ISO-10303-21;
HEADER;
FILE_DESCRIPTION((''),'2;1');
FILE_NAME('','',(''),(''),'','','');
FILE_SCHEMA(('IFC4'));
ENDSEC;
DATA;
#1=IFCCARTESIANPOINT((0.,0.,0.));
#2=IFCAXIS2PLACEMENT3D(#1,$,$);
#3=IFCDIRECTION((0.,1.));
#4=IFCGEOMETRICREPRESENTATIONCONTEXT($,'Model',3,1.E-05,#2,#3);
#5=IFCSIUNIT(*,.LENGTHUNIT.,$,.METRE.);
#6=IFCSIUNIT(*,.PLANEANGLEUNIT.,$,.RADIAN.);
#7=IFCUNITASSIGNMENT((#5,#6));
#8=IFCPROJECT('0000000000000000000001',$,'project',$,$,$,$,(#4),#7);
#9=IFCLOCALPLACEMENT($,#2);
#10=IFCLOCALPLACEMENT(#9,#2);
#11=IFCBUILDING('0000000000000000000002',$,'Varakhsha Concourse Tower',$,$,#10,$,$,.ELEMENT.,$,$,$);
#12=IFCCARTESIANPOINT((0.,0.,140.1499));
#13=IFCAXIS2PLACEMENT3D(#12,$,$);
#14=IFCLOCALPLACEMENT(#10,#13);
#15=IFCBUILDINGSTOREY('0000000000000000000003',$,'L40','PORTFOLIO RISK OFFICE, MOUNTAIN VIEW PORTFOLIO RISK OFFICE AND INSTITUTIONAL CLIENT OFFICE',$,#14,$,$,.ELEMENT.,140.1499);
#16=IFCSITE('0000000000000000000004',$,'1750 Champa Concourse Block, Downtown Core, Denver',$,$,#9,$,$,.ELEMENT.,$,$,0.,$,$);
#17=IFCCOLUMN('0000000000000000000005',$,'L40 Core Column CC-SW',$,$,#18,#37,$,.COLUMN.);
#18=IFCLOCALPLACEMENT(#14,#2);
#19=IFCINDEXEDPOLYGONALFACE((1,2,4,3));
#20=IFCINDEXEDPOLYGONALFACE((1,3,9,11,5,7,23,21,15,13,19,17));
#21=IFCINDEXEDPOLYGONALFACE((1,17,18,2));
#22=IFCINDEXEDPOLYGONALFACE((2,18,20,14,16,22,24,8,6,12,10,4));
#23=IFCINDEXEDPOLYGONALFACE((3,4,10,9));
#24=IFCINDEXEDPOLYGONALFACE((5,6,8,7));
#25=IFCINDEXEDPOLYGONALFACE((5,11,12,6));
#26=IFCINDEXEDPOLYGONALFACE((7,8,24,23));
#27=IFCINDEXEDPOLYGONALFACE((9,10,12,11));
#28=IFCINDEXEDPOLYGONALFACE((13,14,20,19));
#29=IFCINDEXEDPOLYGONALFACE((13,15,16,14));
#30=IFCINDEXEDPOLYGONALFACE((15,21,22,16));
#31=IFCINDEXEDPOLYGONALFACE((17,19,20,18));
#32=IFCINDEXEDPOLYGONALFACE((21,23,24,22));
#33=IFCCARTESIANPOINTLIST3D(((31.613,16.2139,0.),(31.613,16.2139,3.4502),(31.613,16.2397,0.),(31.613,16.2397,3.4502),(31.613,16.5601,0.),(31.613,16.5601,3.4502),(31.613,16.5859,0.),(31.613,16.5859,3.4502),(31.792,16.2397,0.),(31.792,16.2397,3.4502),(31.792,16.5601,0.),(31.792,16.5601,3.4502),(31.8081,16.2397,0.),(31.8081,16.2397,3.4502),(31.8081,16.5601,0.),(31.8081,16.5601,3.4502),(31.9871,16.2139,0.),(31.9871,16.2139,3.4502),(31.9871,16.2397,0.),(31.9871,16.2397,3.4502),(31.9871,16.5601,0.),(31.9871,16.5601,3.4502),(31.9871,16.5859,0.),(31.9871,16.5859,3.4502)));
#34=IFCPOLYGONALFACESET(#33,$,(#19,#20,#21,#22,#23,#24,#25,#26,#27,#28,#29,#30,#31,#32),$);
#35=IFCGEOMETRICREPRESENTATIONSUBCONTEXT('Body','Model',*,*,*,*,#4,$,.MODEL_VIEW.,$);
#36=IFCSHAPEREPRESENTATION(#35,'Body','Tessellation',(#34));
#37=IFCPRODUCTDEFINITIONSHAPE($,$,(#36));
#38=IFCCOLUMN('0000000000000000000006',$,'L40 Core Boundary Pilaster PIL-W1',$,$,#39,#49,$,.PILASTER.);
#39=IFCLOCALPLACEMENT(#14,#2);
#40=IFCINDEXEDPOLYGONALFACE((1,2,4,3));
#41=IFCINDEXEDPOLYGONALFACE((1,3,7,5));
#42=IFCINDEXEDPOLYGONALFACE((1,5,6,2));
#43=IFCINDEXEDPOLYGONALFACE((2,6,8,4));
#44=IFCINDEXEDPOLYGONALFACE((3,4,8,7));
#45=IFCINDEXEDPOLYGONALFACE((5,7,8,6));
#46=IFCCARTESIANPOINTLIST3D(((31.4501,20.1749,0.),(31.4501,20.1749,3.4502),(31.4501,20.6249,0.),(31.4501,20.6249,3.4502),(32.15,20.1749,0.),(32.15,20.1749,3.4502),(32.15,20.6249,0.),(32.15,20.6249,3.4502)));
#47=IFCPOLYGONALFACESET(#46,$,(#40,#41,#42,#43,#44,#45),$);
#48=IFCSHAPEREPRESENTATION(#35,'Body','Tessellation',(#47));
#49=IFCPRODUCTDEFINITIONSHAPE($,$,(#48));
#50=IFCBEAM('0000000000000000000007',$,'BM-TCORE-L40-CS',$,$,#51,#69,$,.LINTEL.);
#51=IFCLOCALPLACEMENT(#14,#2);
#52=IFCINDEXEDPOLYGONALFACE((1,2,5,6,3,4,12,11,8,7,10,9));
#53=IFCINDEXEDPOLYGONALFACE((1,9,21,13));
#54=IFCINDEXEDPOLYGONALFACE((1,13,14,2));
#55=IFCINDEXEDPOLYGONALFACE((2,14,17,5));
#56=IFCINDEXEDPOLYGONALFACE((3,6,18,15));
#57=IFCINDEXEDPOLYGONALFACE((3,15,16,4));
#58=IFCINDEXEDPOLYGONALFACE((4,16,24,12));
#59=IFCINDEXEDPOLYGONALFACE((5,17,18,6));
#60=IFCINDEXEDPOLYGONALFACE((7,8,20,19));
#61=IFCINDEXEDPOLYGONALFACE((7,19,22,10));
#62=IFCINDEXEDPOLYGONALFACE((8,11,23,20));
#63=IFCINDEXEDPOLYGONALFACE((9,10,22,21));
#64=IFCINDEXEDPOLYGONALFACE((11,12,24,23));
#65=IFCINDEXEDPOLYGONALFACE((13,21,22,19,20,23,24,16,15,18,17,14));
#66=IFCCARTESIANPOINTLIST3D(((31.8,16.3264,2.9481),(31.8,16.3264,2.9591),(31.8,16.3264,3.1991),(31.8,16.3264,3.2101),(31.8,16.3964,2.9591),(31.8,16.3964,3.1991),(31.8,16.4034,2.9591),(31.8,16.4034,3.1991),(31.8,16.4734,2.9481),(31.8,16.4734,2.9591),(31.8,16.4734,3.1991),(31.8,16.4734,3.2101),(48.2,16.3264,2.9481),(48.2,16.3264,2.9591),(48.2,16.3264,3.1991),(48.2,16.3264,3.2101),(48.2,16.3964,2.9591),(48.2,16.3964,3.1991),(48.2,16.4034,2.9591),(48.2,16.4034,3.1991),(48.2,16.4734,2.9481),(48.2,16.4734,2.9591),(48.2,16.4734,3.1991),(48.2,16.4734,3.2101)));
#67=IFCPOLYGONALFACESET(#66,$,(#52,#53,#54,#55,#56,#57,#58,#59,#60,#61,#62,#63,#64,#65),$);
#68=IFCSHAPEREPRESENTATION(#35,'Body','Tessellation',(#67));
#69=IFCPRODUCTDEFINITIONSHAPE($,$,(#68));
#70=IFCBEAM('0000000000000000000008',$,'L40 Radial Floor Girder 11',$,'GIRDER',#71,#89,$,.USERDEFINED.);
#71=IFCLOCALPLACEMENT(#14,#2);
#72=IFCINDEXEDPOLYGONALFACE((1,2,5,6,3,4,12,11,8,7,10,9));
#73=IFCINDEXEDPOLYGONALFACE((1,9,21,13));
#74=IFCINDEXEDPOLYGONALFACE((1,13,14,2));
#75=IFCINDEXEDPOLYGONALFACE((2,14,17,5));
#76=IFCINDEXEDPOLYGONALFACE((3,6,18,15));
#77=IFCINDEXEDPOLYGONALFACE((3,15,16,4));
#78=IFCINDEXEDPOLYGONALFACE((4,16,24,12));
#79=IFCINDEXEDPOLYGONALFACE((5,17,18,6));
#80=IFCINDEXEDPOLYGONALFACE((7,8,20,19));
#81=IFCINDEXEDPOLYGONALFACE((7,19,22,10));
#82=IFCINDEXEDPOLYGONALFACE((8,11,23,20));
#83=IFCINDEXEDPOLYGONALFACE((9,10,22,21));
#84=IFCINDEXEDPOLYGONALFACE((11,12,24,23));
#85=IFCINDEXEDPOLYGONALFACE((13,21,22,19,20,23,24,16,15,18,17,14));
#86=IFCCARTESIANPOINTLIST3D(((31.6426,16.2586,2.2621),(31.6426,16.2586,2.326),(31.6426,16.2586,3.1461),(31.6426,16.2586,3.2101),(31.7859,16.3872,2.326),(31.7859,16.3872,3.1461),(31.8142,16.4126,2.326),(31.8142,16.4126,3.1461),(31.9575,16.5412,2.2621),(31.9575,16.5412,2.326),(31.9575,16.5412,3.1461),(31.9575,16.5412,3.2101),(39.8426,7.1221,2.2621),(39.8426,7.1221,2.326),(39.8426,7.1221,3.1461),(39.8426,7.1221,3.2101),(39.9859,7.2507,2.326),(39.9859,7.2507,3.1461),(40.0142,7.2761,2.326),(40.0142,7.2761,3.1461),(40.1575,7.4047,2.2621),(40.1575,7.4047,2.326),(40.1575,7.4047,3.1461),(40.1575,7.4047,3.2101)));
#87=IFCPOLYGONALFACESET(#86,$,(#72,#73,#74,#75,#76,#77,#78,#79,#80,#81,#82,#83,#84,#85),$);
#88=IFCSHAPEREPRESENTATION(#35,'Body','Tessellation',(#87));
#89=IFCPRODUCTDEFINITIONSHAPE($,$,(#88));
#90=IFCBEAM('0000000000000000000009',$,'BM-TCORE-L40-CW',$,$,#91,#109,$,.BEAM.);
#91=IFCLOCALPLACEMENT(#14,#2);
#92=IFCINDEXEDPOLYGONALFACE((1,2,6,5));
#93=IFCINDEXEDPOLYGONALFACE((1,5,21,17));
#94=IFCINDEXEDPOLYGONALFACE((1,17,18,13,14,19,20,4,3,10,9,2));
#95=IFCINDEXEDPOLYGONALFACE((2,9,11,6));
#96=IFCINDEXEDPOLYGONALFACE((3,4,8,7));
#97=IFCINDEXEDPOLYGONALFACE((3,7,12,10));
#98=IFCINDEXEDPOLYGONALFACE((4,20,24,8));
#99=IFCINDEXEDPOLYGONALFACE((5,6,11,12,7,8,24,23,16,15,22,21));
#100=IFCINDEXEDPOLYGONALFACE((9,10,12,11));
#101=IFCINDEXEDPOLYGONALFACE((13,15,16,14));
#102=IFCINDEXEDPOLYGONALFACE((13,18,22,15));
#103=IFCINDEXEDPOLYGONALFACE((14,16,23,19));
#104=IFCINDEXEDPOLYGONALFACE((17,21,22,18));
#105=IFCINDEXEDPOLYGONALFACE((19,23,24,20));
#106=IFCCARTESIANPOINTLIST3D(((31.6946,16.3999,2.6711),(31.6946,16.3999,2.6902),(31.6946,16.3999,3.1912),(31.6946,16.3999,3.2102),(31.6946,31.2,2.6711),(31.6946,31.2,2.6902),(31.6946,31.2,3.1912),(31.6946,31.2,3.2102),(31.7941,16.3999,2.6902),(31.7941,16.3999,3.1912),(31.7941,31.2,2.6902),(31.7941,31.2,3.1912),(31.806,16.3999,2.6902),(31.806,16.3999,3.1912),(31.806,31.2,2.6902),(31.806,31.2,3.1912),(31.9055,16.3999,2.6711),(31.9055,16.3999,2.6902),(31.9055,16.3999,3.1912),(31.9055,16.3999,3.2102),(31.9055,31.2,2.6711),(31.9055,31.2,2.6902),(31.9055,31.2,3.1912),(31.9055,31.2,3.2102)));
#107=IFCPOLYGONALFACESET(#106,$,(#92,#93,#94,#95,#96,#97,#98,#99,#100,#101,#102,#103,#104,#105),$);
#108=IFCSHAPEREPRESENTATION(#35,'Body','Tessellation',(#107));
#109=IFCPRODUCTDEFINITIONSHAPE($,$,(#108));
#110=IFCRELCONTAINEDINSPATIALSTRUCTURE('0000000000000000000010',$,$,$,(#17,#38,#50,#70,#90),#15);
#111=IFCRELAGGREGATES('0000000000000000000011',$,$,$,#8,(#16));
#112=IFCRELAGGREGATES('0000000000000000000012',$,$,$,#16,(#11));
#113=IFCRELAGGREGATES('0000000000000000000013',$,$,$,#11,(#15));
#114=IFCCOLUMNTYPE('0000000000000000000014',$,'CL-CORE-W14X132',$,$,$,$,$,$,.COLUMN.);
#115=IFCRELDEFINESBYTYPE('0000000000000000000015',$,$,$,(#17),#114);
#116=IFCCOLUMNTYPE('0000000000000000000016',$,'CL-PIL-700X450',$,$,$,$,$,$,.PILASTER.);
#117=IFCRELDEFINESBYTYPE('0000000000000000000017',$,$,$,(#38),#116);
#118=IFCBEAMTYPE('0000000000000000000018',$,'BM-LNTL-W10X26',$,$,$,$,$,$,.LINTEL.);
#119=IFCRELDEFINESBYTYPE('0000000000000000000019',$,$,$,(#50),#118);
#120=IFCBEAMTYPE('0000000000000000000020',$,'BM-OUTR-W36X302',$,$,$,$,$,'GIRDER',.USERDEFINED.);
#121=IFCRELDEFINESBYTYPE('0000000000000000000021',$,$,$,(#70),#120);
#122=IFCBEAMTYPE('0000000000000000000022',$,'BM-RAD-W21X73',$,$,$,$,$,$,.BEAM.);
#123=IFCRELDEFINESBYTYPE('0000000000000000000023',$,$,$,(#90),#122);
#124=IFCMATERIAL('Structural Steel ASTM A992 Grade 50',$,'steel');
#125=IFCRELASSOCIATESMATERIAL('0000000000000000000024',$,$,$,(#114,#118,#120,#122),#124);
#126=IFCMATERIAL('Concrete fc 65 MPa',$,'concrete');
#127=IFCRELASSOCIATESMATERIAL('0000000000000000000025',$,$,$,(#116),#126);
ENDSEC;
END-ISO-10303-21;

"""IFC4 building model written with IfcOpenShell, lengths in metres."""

from ifc_helpers import new_model, si_unit, direction, frame, origin, origin_2d, place, context, subcontext, project, spatial, rectangle, i_section, extrude, material, material_profile, profile_set, type_object, element, save


model = new_model("IFC4")

# Units and contexts
model_context = context("Model", 3, precision=1e-05, world=origin(), true_north=direction((0.0, 1.0)))
body_context = subcontext(model_context, "Body", "Model", "MODEL_VIEW")
ifc_project = project(units=[si_unit("LENGTHUNIT", "METRE"), si_unit("PLANEANGLEUNIT", "RADIAN")], contexts=[model_context])

# Site, building, storey
site_placement = place(None, origin())
site = spatial("IfcSite", under=ifc_project, at=site_placement, Name="1750 Champa Concourse Block, Downtown Core, Denver", CompositionType="ELEMENT", RefElevation=0.0)
building_placement = place(site_placement, origin())
building = spatial("IfcBuilding", under=site, at=building_placement, Name="Varakhsha Concourse Tower", CompositionType="ELEMENT")
storey_placement = place(building_placement, frame((0.0, 0.0, 140.1499)))
storey = spatial("IfcBuildingStorey", under=building, at=storey_placement, Name="L40", Description="PORTFOLIO RISK OFFICE, MOUNTAIN VIEW PORTFOLIO RISK OFFICE AND INSTITUTIONAL CLIENT OFFICE", CompositionType="ELEMENT", Elevation=140.1499)

# Columns
ifc_material_1 = material(Name="Structural Steel ASTM A992 Grade 50", Category="steel")
ifc_material_profile_1 = material_profile(ifc_material_1, i_section(OverallWidth=0.374, OverallDepth=0.3721, WebThickness=0.0161, FlangeThickness=0.0259, at=origin_2d()), Name="W14X132")
ifc_profile_set_1 = profile_set([ifc_material_profile_1], Name="Structural Steel ASTM A992 Grade 50")
column_type_1 = type_object("IfcColumnType", Name="CL-CORE-W14X132", PredefinedType="COLUMN", material=ifc_profile_set_1)
column_1_placement = place(storey_placement, frame((31.8, 16.3999, 0.0), z_axis=(0.0, 0.0, 1.0), x_axis=(1.0, 0.0, 0.0)))
element("IfcColumn", 1, at=column_1_placement, inside=storey, type_object=column_type_1, Name="L40 Core Column CC-SW", PredefinedType="COLUMN", context=body_context, shape_type="SweptSolid", body=[
    extrude(i_section(OverallWidth=0.374, OverallDepth=0.3721, WebThickness=0.0161, FlangeThickness=0.0259, at=origin_2d()), origin(), (0.0, 0.0, 1.0), 3.4502),
])
ifc_material_2 = material(Name="Concrete fc 65 MPa", Category="concrete")
ifc_material_profile_2 = material_profile(ifc_material_2, rectangle(XDim=0.7, YDim=0.45, at=origin_2d()), Name="RC 700x450")
ifc_profile_set_2 = profile_set([ifc_material_profile_2], Name="Concrete fc 65 MPa")
column_type_2 = type_object("IfcColumnType", Name="CL-PIL-700X450", PredefinedType="PILASTER", material=ifc_profile_set_2)
column_2_placement = place(storey_placement, frame((31.8, 20.3999, 0.0), z_axis=(0.0, 0.0, 1.0), x_axis=(1.0, 0.0, 0.0)))
element("IfcColumn", 2, at=column_2_placement, inside=storey, type_object=column_type_2, Name="L40 Core Boundary Pilaster PIL-W1", PredefinedType="PILASTER", context=body_context, shape_type="SweptSolid", body=[
    extrude(rectangle(XDim=0.7, YDim=0.45, at=origin_2d()), origin(), (0.0, 0.0, 1.0), 3.4502),
])

# Beams
ifc_material_profile_3 = material_profile(ifc_material_1, i_section(OverallWidth=0.147, OverallDepth=0.262, WebThickness=0.0071, FlangeThickness=0.011, at=origin_2d()), Name="W10X26")
ifc_profile_set_3 = profile_set([ifc_material_profile_3], Name="Structural Steel ASTM A992 Grade 50")
beam_type_1 = type_object("IfcBeamType", Name="BM-LNTL-W10X26", PredefinedType="LINTEL", material=ifc_profile_set_3)
beam_1_placement = place(storey_placement, frame((31.8, 16.3999, 3.0791), z_axis=(1.0, 0.0, 0.0), x_axis=(0.0, 1.0, 0.0)))
element("IfcBeam", 3, at=beam_1_placement, inside=storey, type_object=beam_type_1, Name="BM-TCORE-L40-CS", PredefinedType="LINTEL", context=body_context, shape_type="SweptSolid", body=[
    extrude(i_section(OverallWidth=0.147, OverallDepth=0.262, WebThickness=0.0071, FlangeThickness=0.011, at=origin_2d()), origin(), (0.0, 0.0, 1.0), 16.3999),
])
ifc_material_profile_4 = material_profile(ifc_material_1, i_section(OverallWidth=0.4231, OverallDepth=0.948, WebThickness=0.0381, FlangeThickness=0.064, at=origin_2d()), Name="W36X302")
ifc_profile_set_4 = profile_set([ifc_material_profile_4], Name="Structural Steel ASTM A992 Grade 50")
beam_type_2 = type_object("IfcBeamType", Name="BM-OUTR-W36X302", ElementType="GIRDER", PredefinedType="USERDEFINED", material=ifc_profile_set_4)
beam_2_placement = place(storey_placement, frame((31.8, 16.3999, 2.7361), z_axis=(0.667935, -0.74422, 0.0), x_axis=(0.74422, 0.667935, 0.0)))
element("IfcBeam", 4, at=beam_2_placement, inside=storey, type_object=beam_type_2, Name="L40 Radial Floor Girder 11", ObjectType="GIRDER", PredefinedType="USERDEFINED", context=body_context, shape_type="SweptSolid", body=[
    extrude(i_section(OverallWidth=0.4231, OverallDepth=0.948, WebThickness=0.0381, FlangeThickness=0.064, at=origin_2d()), origin(), (0.0, 0.0, 1.0), 12.2766),
])
ifc_material_profile_5 = material_profile(ifc_material_1, i_section(OverallWidth=0.2109, OverallDepth=0.5391, WebThickness=0.012, FlangeThickness=0.019, at=origin_2d()), Name="W21X73")
ifc_profile_set_5 = profile_set([ifc_material_profile_5], Name="Structural Steel ASTM A992 Grade 50")
beam_type_3 = type_object("IfcBeamType", Name="BM-RAD-W21X73", PredefinedType="BEAM", material=ifc_profile_set_5)
beam_3_placement = place(storey_placement, frame((31.8, 16.3999, 2.9407), z_axis=(0.0, 1.0, 0.0), x_axis=(-1.0, 0.0, 0.0)))
element("IfcBeam", 5, at=beam_3_placement, inside=storey, type_object=beam_type_3, Name="BM-TCORE-L40-CW", PredefinedType="BEAM", context=body_context, shape_type="SweptSolid", body=[
    extrude(i_section(OverallWidth=0.2109, OverallDepth=0.5391, WebThickness=0.012, FlangeThickness=0.019, at=origin_2d()), origin(), (0.0, 0.0, 1.0), 14.8),
])

save(model, "model.ifc")
